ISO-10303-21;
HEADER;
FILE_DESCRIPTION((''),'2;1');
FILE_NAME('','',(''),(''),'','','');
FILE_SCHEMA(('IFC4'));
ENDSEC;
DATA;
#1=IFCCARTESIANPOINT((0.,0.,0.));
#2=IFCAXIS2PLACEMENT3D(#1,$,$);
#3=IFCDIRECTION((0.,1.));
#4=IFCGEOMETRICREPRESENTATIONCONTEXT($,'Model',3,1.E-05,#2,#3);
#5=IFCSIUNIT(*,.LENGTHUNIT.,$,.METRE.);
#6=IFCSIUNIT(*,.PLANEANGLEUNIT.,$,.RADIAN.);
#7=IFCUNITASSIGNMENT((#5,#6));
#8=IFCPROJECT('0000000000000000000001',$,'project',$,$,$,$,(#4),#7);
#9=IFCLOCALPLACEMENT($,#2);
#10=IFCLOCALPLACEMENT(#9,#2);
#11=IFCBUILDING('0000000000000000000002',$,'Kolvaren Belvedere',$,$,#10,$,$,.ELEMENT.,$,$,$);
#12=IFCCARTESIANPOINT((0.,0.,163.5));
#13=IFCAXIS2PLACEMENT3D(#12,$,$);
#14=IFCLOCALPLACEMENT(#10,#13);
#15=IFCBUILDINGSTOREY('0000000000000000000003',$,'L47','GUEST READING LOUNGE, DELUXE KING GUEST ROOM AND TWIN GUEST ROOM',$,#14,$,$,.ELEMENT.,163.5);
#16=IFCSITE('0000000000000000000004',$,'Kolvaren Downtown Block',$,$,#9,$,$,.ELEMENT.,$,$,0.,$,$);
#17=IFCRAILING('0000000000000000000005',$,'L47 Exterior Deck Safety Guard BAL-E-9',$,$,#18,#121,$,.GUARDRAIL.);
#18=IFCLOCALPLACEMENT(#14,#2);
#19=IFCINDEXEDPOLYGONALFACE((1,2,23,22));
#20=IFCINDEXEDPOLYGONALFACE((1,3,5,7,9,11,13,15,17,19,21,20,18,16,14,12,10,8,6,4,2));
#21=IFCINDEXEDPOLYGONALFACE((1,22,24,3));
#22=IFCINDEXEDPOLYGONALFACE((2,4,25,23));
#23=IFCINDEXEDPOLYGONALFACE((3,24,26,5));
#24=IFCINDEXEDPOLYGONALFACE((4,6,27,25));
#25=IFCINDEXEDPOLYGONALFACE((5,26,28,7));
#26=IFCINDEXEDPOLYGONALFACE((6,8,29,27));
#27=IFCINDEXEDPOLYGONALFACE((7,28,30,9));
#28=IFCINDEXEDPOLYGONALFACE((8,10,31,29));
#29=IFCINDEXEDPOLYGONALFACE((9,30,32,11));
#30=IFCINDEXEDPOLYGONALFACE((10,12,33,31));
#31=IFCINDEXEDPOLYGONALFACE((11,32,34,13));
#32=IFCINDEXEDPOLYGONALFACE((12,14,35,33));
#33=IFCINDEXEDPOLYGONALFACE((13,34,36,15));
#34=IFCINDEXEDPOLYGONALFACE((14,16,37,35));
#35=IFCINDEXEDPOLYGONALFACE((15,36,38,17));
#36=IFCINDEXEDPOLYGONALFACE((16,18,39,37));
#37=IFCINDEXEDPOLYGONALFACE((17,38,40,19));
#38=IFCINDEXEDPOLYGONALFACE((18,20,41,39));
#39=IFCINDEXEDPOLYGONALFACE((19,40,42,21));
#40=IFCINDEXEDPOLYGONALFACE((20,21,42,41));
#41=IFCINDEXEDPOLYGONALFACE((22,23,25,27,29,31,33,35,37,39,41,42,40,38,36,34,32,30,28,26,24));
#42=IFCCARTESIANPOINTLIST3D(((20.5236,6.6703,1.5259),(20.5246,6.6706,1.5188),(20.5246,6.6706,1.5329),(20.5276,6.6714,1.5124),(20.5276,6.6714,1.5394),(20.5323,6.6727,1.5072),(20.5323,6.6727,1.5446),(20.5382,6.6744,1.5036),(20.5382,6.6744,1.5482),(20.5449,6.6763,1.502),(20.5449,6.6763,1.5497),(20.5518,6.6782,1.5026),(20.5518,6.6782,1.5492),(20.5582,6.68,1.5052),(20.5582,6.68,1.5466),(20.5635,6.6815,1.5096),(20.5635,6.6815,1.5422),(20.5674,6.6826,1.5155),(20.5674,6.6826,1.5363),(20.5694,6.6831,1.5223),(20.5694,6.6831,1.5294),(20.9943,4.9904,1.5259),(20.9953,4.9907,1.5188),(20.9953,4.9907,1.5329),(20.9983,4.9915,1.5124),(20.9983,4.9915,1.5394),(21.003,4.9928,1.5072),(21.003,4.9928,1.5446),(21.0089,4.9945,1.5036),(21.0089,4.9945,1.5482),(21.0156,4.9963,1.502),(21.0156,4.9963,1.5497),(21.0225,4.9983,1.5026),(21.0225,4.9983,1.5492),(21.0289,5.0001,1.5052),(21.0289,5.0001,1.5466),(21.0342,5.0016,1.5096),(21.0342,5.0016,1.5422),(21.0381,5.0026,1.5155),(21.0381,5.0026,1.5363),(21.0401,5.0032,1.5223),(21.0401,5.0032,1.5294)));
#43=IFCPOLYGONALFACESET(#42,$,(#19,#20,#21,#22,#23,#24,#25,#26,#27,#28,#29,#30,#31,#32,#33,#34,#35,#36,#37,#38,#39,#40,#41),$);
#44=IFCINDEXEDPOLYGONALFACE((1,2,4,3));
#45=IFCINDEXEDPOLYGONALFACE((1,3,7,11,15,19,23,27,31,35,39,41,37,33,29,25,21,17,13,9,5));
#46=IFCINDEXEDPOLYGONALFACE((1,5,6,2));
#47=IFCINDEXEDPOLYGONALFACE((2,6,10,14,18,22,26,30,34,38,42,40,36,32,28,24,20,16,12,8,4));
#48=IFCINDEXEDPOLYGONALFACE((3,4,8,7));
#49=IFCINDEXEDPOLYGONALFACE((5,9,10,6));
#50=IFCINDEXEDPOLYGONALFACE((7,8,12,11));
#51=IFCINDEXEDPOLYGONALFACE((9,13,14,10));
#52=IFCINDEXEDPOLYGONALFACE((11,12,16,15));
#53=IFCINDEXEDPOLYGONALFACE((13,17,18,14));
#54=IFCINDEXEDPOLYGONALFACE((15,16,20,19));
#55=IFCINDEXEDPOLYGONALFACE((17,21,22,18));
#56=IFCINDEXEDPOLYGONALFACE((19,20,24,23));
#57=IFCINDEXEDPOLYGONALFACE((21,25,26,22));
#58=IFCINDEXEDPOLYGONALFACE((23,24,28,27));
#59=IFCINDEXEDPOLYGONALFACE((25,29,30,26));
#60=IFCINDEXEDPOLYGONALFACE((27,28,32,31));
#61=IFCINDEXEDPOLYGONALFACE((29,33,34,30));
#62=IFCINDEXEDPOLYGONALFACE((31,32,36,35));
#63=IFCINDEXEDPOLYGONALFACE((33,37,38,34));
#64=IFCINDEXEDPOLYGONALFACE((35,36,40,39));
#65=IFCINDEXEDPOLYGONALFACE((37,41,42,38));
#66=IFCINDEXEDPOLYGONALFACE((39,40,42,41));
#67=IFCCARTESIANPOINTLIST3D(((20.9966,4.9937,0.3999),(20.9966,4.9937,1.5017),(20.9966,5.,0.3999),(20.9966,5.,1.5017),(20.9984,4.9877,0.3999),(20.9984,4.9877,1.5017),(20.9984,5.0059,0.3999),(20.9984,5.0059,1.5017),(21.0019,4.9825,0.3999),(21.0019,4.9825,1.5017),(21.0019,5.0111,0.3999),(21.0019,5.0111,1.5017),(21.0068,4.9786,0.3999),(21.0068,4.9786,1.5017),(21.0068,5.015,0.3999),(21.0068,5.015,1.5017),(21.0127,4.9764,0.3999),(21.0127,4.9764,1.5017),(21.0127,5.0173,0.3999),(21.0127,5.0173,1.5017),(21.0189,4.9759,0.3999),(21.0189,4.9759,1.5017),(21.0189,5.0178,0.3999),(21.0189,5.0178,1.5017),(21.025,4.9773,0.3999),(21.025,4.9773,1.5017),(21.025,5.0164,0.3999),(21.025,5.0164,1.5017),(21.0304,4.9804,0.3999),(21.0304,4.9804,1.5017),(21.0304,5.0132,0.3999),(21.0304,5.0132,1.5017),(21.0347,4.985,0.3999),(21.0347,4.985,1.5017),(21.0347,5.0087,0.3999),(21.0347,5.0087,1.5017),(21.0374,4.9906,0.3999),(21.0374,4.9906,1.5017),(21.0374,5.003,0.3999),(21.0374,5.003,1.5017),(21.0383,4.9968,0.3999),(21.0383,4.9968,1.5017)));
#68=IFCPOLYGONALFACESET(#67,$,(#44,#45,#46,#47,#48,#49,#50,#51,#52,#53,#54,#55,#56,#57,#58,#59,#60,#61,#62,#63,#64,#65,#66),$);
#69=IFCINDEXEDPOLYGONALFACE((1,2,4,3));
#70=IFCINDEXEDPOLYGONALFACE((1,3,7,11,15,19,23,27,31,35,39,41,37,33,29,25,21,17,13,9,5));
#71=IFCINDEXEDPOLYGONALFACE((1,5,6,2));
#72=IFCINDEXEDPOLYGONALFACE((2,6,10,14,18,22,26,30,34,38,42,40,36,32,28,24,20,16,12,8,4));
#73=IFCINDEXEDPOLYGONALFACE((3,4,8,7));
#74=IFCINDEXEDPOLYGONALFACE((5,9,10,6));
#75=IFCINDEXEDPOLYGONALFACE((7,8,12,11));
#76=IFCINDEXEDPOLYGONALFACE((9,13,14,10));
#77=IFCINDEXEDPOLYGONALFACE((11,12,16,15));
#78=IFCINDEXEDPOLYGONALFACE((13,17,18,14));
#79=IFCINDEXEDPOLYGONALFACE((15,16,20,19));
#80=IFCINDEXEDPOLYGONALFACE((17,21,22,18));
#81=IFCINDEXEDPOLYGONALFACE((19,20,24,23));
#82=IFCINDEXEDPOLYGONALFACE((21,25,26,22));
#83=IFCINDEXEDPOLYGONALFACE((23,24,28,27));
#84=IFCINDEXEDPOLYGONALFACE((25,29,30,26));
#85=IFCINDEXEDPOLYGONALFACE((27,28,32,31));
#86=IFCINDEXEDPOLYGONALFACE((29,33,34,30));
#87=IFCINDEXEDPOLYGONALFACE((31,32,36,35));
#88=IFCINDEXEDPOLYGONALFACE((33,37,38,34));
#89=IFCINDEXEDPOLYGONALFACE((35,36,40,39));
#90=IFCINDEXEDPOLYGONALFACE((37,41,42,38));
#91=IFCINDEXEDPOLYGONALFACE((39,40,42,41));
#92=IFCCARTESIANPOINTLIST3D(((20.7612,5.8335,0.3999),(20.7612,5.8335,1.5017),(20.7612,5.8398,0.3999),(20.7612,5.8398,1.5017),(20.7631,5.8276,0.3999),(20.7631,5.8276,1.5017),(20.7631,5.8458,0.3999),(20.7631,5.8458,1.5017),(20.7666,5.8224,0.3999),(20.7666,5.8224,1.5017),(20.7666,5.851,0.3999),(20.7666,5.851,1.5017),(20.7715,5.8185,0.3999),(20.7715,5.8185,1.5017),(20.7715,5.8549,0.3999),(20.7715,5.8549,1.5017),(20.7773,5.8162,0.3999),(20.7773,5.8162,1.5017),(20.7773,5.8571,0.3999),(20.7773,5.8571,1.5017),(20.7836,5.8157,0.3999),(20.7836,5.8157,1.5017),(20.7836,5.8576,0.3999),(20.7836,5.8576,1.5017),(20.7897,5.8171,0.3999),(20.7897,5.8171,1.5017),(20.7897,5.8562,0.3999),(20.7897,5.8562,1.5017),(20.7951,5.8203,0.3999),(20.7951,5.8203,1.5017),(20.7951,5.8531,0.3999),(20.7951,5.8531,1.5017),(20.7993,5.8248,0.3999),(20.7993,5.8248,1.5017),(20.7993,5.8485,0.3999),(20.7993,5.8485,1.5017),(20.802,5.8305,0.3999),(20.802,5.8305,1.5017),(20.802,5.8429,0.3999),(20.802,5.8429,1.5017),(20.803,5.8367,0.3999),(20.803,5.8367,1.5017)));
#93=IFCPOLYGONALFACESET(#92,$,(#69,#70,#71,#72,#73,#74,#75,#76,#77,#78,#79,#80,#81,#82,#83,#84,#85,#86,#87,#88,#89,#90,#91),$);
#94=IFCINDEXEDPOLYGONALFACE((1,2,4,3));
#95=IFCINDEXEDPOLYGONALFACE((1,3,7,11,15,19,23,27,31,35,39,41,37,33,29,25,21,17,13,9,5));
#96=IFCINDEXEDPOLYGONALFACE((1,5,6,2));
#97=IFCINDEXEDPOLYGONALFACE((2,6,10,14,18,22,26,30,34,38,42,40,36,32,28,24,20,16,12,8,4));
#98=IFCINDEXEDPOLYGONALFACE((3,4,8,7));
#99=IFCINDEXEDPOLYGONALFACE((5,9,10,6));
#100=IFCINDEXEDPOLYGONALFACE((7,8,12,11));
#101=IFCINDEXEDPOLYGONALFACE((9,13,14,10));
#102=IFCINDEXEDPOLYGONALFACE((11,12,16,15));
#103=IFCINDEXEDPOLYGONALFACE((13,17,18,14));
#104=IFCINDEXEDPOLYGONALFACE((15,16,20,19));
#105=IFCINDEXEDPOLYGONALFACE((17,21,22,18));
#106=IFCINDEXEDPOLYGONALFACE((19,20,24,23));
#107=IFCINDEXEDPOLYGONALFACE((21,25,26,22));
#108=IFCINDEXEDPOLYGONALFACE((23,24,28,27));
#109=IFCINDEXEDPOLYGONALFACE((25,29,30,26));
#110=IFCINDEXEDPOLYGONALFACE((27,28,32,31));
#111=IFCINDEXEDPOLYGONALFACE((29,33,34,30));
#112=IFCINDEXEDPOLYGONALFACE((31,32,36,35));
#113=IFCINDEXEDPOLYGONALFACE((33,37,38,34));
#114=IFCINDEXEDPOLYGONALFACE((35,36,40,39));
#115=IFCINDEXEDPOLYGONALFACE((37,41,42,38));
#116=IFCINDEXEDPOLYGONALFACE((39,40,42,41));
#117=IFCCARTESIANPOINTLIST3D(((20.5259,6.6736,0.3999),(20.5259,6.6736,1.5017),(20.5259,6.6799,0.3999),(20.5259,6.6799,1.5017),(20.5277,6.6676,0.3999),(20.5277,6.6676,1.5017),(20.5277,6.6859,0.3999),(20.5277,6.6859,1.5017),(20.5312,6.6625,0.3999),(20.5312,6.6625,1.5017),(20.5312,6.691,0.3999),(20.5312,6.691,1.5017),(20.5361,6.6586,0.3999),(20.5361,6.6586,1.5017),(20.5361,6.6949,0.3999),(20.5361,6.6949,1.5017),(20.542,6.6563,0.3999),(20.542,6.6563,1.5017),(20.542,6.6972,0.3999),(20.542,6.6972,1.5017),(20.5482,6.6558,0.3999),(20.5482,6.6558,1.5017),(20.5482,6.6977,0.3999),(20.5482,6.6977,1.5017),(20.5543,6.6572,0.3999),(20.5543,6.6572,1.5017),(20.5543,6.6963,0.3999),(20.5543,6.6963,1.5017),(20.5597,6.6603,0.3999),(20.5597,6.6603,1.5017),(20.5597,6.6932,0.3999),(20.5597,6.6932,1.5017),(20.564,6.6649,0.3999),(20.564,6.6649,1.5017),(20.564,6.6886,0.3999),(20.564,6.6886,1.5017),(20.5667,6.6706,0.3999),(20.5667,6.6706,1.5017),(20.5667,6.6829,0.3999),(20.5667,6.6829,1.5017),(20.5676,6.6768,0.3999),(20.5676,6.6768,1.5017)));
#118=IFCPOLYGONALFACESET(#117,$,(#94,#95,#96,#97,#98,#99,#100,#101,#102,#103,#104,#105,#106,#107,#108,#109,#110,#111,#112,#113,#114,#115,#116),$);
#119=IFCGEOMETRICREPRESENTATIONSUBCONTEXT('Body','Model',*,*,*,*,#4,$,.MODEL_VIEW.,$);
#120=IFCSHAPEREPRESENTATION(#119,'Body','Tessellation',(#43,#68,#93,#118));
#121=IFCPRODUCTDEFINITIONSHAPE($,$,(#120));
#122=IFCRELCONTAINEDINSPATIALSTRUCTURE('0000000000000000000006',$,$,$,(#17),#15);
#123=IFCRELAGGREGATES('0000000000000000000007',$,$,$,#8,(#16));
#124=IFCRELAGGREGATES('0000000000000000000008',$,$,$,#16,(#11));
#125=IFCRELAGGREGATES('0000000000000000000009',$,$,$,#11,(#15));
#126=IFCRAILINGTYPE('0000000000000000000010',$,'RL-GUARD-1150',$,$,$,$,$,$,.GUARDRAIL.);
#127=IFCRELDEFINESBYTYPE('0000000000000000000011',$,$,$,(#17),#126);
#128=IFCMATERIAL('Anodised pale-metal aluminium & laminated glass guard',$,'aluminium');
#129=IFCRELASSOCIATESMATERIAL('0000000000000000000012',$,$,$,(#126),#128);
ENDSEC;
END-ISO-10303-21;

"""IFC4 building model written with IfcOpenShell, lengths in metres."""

from ifc_helpers import new_model, si_unit, direction, frame, origin, origin_2d, place, context, subcontext, project, spatial, circle, extrude, material, type_object, element, save


model = new_model("IFC4")

# Units and contexts
model_context = context("Model", 3, precision=1e-05, world=origin(), true_north=direction((0.0, 1.0)))
body_context = subcontext(model_context, "Body", "Model", "MODEL_VIEW")
ifc_project = project(units=[si_unit("LENGTHUNIT", "METRE"), si_unit("PLANEANGLEUNIT", "RADIAN")], contexts=[model_context])

# Site, building, storey
site_placement = place(None, origin())
site = spatial("IfcSite", under=ifc_project, at=site_placement, Name="Kolvaren Downtown Block", CompositionType="ELEMENT", RefElevation=0.0)
building_placement = place(site_placement, origin())
building = spatial("IfcBuilding", under=site, at=building_placement, Name="Kolvaren Belvedere", CompositionType="ELEMENT")
storey_placement = place(building_placement, frame((0.0, 0.0, 163.5)))
storey = spatial("IfcBuildingStorey", under=building, at=storey_placement, Name="L47", Description="GUEST READING LOUNGE, DELUXE KING GUEST ROOM AND TWIN GUEST ROOM", CompositionType="ELEMENT", Elevation=163.5)

# Railing
ifc_material_1 = material(Name="Anodised pale-metal aluminium & laminated glass guard", Category="aluminium")
railing_type = type_object("IfcRailingType", Name="RL-GUARD-1150", PredefinedType="GUARDRAIL", material=ifc_material_1)
railing_1_placement = place(storey_placement, frame((21.0173, 4.9968, 0.3999)))
element("IfcRailing", 1, at=railing_1_placement, inside=storey, type_object=railing_type, Name="L47 Exterior Deck Safety Guard BAL-E-9", PredefinedType="GUARDRAIL", context=body_context, shape_type="SweptSolid", body=[
    extrude(circle(Radius=0.0239, at=origin_2d()), frame((0.0, 0.0, 1.126), z_axis=(-0.269801, 0.962916, 0.0), x_axis=(-0.962916, -0.269801, 0.0)), (0.0, 0.0, 1.0), 1.7446),
    extrude(circle(Radius=0.021, at=origin_2d()), origin(), (0.0, 0.0, 1.0), 1.1018),
    extrude(circle(Radius=0.021, at=origin_2d()), frame((-0.2354, 0.8398, 0.0)), (0.0, 0.0, 1.0), 1.1018),
    extrude(circle(Radius=0.021, at=origin_2d()), frame((-0.4707, 1.6799, 0.0)), (0.0, 0.0, 1.0), 1.1018),
])

save(model, "model.ifc")
